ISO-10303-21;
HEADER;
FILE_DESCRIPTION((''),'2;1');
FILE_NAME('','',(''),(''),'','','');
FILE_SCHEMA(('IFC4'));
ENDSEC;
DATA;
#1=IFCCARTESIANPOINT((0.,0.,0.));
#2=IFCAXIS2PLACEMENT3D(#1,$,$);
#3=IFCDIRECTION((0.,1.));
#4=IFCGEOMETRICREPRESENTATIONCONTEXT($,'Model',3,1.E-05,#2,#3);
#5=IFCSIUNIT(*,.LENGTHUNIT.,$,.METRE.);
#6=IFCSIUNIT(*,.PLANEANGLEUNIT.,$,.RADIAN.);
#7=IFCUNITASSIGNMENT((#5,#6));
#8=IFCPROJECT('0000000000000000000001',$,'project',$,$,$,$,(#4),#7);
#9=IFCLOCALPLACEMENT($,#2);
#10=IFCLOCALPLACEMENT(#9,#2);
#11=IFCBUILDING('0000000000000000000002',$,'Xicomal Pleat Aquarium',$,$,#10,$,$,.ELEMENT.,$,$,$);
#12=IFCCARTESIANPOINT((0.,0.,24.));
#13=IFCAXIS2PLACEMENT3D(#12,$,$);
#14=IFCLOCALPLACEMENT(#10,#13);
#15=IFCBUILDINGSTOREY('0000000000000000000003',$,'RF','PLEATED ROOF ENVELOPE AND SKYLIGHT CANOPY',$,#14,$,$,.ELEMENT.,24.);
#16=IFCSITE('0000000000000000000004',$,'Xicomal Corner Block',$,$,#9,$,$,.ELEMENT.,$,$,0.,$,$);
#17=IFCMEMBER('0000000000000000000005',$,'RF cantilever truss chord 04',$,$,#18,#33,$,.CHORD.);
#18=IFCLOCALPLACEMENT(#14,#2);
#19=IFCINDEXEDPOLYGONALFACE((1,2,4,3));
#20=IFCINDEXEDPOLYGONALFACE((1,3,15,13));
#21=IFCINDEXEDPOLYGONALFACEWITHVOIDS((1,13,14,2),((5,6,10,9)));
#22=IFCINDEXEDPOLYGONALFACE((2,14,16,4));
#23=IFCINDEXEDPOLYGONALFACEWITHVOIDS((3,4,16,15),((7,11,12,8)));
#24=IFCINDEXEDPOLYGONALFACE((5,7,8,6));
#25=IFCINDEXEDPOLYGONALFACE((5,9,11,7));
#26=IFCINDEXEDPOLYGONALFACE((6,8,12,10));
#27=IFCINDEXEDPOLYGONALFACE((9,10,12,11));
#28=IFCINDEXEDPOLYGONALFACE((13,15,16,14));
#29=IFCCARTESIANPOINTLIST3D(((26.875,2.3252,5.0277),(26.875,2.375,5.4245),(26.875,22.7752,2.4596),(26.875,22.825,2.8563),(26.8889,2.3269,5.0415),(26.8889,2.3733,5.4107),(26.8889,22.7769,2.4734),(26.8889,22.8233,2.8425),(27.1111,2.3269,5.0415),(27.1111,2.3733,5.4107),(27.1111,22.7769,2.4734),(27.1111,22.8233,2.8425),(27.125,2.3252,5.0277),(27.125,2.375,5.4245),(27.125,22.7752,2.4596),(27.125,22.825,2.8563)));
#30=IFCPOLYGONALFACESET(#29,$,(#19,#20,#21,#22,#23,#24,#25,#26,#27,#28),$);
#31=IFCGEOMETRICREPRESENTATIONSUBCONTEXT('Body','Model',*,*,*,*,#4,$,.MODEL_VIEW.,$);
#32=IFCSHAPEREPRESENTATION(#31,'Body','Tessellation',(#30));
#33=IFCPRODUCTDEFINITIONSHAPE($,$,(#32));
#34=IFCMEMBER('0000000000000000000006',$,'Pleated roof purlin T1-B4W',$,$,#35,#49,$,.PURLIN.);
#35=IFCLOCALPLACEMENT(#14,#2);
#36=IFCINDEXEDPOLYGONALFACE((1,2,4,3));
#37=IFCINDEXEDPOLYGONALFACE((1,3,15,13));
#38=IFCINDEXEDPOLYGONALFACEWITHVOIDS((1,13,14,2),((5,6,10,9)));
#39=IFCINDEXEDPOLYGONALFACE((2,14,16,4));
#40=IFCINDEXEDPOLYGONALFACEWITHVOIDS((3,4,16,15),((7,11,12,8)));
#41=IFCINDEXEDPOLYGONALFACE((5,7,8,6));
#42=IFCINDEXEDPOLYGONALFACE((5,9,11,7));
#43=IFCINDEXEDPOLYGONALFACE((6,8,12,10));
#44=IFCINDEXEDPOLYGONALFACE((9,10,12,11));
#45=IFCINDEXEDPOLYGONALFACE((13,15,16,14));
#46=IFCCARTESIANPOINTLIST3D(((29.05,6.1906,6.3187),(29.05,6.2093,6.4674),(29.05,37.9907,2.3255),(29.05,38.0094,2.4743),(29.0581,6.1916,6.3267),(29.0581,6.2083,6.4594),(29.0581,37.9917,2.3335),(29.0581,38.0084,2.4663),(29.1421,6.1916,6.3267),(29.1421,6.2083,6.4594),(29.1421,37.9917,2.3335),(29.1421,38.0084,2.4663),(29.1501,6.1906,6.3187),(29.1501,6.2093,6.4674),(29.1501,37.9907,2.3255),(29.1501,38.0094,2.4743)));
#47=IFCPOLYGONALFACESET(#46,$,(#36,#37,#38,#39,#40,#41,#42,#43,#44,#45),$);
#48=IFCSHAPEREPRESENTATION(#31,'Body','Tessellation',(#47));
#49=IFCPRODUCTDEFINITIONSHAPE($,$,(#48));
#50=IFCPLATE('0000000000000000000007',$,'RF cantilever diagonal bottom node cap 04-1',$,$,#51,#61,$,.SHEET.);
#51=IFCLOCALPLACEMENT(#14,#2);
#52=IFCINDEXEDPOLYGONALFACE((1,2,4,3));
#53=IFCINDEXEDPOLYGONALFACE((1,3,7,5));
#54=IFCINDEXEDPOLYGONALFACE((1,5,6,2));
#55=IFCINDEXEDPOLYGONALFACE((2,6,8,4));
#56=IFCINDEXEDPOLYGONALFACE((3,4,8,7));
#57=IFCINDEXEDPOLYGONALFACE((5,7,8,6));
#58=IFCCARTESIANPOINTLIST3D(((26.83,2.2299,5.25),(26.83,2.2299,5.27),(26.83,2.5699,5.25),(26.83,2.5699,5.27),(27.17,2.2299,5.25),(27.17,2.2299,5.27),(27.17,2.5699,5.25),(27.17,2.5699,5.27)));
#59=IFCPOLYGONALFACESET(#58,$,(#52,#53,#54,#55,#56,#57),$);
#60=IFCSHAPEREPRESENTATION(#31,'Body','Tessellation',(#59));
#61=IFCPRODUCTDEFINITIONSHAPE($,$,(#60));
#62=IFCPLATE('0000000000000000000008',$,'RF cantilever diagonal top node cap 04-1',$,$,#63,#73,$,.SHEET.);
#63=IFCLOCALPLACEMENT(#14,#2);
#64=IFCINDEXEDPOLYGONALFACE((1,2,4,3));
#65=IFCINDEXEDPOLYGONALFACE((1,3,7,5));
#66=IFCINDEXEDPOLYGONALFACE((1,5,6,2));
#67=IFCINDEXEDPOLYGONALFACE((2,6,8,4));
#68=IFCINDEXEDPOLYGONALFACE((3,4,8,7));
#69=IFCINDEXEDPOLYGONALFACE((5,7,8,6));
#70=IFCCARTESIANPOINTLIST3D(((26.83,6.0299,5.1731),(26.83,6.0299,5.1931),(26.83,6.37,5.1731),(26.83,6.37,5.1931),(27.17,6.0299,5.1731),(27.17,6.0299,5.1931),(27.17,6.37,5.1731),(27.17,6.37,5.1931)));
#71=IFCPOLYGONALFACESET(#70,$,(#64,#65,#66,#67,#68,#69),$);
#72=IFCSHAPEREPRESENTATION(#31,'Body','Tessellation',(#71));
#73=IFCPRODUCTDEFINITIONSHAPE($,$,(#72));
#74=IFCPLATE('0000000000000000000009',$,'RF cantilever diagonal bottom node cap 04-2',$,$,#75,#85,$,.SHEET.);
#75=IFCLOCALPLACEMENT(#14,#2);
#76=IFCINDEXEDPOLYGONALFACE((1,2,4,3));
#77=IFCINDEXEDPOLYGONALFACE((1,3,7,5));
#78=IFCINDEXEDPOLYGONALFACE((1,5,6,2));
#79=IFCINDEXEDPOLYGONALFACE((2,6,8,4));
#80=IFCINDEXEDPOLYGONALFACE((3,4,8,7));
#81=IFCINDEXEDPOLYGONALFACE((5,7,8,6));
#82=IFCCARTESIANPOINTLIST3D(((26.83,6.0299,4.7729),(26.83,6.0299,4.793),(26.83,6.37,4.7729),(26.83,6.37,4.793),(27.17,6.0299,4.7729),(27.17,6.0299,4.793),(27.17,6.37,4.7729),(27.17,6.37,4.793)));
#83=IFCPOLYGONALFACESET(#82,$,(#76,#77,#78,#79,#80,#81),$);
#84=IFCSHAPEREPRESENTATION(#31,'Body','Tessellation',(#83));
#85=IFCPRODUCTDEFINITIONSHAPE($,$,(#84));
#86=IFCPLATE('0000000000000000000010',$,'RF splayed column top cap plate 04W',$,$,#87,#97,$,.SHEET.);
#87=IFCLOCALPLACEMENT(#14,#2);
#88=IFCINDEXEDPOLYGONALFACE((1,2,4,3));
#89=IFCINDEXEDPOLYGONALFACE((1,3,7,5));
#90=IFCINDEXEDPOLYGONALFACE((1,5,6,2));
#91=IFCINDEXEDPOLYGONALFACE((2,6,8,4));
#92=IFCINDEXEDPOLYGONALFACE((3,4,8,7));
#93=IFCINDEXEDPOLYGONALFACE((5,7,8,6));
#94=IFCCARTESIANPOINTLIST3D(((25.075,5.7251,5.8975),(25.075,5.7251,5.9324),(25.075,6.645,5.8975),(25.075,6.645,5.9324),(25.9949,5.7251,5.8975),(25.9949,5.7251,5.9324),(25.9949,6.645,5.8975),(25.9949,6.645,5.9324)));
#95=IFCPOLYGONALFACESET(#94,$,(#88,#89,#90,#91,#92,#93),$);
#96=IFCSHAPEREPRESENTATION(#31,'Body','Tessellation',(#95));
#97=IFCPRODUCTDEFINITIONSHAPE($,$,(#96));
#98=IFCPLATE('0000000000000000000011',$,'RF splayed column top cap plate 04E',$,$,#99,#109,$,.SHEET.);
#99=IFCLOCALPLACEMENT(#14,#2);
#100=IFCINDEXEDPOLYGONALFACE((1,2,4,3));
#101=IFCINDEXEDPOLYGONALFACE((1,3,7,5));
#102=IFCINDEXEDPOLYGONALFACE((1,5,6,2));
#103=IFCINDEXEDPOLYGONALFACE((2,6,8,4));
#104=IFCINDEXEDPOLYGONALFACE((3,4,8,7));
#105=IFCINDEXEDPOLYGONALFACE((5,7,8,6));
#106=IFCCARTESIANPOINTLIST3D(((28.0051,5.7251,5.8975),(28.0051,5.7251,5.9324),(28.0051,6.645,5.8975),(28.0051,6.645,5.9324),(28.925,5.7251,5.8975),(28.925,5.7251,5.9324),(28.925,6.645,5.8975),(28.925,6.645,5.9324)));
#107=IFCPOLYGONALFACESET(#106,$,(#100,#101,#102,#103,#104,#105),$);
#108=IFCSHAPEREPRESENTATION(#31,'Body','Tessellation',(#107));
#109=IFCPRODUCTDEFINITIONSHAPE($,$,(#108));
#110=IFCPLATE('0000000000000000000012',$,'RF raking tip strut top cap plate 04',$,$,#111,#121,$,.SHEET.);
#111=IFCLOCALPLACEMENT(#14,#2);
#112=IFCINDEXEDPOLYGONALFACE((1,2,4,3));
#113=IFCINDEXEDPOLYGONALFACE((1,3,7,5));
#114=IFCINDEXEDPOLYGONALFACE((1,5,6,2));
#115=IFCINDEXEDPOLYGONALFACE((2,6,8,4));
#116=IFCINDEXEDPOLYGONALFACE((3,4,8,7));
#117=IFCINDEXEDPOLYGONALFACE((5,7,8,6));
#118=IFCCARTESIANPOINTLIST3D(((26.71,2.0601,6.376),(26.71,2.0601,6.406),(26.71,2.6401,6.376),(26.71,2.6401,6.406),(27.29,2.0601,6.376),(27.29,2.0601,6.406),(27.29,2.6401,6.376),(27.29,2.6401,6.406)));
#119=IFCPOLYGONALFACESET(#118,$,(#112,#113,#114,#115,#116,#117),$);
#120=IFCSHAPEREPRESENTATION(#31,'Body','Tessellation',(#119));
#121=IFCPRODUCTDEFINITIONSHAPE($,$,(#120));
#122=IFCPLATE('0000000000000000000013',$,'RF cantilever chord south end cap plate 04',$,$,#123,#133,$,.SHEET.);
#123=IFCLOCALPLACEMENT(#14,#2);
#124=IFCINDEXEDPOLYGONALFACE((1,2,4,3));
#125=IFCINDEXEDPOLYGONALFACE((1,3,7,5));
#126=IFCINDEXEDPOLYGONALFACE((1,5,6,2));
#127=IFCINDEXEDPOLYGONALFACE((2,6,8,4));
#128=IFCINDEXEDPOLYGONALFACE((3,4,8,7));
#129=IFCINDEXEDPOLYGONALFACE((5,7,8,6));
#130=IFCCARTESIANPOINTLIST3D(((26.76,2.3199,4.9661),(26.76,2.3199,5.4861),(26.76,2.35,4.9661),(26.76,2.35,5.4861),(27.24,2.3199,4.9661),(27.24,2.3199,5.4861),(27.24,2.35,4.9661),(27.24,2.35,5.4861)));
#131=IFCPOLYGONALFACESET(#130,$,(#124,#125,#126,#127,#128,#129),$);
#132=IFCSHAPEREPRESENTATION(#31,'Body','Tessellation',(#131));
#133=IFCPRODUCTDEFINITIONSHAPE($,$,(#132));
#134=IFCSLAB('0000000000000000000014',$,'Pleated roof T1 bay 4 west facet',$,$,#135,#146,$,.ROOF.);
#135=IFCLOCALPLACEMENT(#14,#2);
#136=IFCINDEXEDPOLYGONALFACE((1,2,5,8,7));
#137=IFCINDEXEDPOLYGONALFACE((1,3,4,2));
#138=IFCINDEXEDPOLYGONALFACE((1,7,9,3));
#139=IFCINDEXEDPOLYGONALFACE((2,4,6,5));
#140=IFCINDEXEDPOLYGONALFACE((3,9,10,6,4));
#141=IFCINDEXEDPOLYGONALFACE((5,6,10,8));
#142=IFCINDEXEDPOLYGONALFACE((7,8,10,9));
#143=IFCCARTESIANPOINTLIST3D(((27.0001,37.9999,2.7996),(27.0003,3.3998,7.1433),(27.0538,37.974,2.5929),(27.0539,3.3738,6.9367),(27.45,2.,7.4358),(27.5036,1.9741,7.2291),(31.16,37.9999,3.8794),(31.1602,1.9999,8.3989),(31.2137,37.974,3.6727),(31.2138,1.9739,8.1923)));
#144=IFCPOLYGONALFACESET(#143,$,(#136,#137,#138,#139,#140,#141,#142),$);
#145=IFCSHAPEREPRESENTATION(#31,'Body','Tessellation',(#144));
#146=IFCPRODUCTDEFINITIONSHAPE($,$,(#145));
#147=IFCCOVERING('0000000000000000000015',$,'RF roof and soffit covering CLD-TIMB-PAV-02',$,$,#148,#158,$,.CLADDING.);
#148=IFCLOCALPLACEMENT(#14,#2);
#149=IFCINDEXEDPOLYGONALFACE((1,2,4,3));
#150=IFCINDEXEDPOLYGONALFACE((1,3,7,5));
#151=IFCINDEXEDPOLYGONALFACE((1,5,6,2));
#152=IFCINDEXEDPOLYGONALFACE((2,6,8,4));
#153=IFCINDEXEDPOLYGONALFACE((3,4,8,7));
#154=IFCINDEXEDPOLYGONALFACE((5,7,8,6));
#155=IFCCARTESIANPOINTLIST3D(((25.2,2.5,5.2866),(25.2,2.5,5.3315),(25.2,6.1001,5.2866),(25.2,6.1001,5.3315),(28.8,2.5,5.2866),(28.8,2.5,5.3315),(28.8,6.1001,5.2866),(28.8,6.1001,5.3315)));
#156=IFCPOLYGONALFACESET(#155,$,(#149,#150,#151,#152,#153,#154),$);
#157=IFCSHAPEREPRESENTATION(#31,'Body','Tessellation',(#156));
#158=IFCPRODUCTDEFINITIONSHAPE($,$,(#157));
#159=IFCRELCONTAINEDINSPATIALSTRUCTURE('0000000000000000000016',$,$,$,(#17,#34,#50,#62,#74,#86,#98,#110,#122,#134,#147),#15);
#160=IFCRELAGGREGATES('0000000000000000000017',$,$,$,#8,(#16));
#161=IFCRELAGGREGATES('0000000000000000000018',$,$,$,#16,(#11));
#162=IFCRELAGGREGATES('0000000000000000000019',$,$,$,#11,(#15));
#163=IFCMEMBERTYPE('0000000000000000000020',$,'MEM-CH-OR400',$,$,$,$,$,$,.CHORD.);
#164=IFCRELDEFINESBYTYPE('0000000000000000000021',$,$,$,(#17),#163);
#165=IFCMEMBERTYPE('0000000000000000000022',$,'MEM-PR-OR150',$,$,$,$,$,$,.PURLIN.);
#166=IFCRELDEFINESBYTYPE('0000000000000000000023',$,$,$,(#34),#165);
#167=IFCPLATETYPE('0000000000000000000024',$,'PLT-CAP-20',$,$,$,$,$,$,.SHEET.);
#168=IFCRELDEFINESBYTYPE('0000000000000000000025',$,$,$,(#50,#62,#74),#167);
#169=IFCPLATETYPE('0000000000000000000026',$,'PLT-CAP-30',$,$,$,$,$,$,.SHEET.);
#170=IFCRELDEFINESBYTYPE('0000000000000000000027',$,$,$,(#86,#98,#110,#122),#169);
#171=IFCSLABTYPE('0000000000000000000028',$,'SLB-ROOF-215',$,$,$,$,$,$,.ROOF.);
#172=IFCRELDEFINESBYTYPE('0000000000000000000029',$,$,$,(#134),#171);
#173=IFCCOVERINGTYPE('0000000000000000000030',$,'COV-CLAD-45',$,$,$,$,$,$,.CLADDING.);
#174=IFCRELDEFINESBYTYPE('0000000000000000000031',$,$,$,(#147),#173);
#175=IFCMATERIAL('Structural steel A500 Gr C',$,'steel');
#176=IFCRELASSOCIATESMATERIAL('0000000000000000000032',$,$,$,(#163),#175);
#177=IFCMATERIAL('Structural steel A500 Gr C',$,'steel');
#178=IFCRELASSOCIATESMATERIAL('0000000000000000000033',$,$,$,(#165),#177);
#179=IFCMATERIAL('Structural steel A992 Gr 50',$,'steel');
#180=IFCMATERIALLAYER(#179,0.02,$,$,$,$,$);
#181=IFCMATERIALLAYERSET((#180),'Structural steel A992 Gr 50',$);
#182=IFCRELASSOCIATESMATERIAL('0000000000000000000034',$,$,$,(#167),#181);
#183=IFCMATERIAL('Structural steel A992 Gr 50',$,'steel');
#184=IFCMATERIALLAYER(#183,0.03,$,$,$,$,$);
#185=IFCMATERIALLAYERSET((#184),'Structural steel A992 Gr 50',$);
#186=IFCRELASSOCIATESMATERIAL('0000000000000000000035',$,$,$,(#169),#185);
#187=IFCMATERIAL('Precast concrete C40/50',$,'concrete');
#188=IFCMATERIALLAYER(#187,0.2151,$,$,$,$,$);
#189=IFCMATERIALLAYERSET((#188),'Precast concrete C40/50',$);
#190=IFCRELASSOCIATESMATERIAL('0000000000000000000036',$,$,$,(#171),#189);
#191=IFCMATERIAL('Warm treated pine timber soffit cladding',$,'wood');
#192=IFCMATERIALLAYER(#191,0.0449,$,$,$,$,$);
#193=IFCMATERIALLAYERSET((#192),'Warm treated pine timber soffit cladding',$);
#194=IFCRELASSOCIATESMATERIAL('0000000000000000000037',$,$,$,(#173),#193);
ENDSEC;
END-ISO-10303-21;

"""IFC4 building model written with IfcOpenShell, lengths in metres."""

from ifc_helpers import new_model, si_unit, direction, frame, origin, origin_2d, place, context, subcontext, project, spatial, polyline, rectangle, hollow_rectangle, outline, extrude, material, layer, layer_set, material_profile, profile_set, type_object, element, save


model = new_model("IFC4")

# Units and contexts
model_context = context("Model", 3, precision=1e-05, world=origin(), true_north=direction((0.0, 1.0)))
body_context = subcontext(model_context, "Body", "Model", "MODEL_VIEW")
ifc_project = project(units=[si_unit("LENGTHUNIT", "METRE"), si_unit("PLANEANGLEUNIT", "RADIAN")], contexts=[model_context])

# Site, building, storey
site_placement = place(None, origin())
site = spatial("IfcSite", under=ifc_project, at=site_placement, Name="Xicomal Corner Block", CompositionType="ELEMENT", RefElevation=0.0)
building_placement = place(site_placement, origin())
building = spatial("IfcBuilding", under=site, at=building_placement, Name="Xicomal Pleat Aquarium", CompositionType="ELEMENT")
storey_placement = place(building_placement, frame((0.0, 0.0, 24.0)))
storey = spatial("IfcBuildingStorey", under=building, at=storey_placement, Name="RF", Description="PLEATED ROOF ENVELOPE AND SKYLIGHT CANOPY", CompositionType="ELEMENT", Elevation=24.0)

# Members
ifc_material_1 = material(Name="Structural steel A500 Gr C", Category="steel")
ifc_material_profile_1 = material_profile(ifc_material_1, hollow_rectangle(XDim=0.25, YDim=0.3999, WallThickness=0.0139, at=origin_2d()), Name="OR 400x250x14")
ifc_profile_set_1 = profile_set([ifc_material_profile_1], Name="Structural steel A500 Gr C")
member_type_1 = type_object("IfcMemberType", Name="MEM-CH-OR400", PredefinedType="CHORD", material=ifc_profile_set_1)
member_1_placement = place(storey_placement, frame((27.0, 2.3501, 5.2261), z_axis=(0.0, 0.992207, -0.124602), x_axis=(-1.0, 0.0, 0.0)))
element("IfcMember", 1, at=member_1_placement, inside=storey, type_object=member_type_1, Name="RF cantilever truss chord 04", PredefinedType="CHORD", context=body_context, shape_type="SweptSolid", body=[
    extrude(hollow_rectangle(XDim=0.25, YDim=0.3999, WallThickness=0.0139, at=origin_2d()), origin(), (0.0, 0.0, 1.0), 20.6106),
])
ifc_material_2 = material(Name="Structural steel A500 Gr C", Category="steel")
ifc_material_profile_2 = material_profile(ifc_material_2, hollow_rectangle(XDim=0.1001, YDim=0.1499, WallThickness=0.0081, at=origin_2d()), Name="OR 150x100x8")
ifc_profile_set_2 = profile_set([ifc_material_profile_2], Name="Structural steel A500 Gr C")
member_type_2 = type_object("IfcMemberType", Name="MEM-PR-OR150", PredefinedType="PURLIN", material=ifc_profile_set_2)
member_2_placement = place(storey_placement, frame((29.1001, 6.2, 6.3931), z_axis=(0.0, 0.992208, -0.124593), x_axis=(-1.0, 0.0, 0.0)))
element("IfcMember", 2, at=member_2_placement, inside=storey, type_object=member_type_2, Name="Pleated roof purlin T1-B4W", PredefinedType="PURLIN", context=body_context, shape_type="SweptSolid", body=[
    extrude(hollow_rectangle(XDim=0.1001, YDim=0.1499, WallThickness=0.0081, at=origin_2d()), origin(), (0.0, 0.0, 1.0), 32.0498),
])

# Plates
ifc_material_3 = material(Name="Structural steel A992 Gr 50", Category="steel")
ifc_layer_1 = layer(ifc_material_3, 0.02)
ifc_layer_set_1 = layer_set([ifc_layer_1], Name="Structural steel A992 Gr 50")
plate_type_1 = type_object("IfcPlateType", Name="PLT-CAP-20", PredefinedType="SHEET", material=ifc_layer_set_1)
for number, where, z_axis, x_axis, name in (
    (3, (27.0, 2.3999, 5.25), (0.0, 0.0, 1.0), (1.0, 0.0, 0.0), "RF cantilever diagonal bottom node cap 04-1"),
    (4, (27.0, 6.2, 5.1731), (0.0, 0.0, 1.0), (1.0, 0.0, 0.0), "RF cantilever diagonal top node cap 04-1"),
    (5, (27.0, 6.2, 4.7729), (0.0, 0.0, 1.0), (1.0, 0.0, 0.0), "RF cantilever diagonal bottom node cap 04-2"),
):
    element("IfcPlate", number, at=place(storey_placement, frame(where, z_axis=z_axis, x_axis=x_axis)), inside=storey, type_object=plate_type_1, Name=name, PredefinedType="SHEET", context=body_context, shape_type="SweptSolid", body=[
        extrude(rectangle(XDim=0.3401, YDim=0.3401, at=origin_2d()), origin(), (0.0, 0.0, 1.0), 0.02),
    ])
ifc_material_4 = material(Name="Structural steel A992 Gr 50", Category="steel")
ifc_layer_2 = layer(ifc_material_4, 0.03)
ifc_layer_set_2 = layer_set([ifc_layer_2], Name="Structural steel A992 Gr 50")
plate_type_2 = type_object("IfcPlateType", Name="PLT-CAP-30", PredefinedType="SHEET", material=ifc_layer_set_2)
for number, where, z_axis, x_axis, name in (
    (6, (25.5349, 6.1851, 5.8975), (0.0, 0.0, 1.0), (1.0, 0.0, 0.0), "RF splayed column top cap plate 04W"),
    (7, (28.4651, 6.1851, 5.8975), (0.0, 0.0, 1.0), (1.0, 0.0, 0.0), "RF splayed column top cap plate 04E"),
):
    element("IfcPlate", number, at=place(storey_placement, frame(where, z_axis=z_axis, x_axis=x_axis)), inside=storey, type_object=plate_type_2, Name=name, PredefinedType="SHEET", context=body_context, shape_type="SweptSolid", body=[
        extrude(rectangle(XDim=0.9199, YDim=0.9199, at=origin_2d()), origin(), (0.0, 0.0, 1.0), 0.0349),
    ])
plate_1_placement = place(storey_placement, frame((27.0, 2.3501, 6.376), z_axis=(0.0, 0.0, 1.0), x_axis=(1.0, 0.0, 0.0)))
element("IfcPlate", 8, at=plate_1_placement, inside=storey, type_object=plate_type_2, Name="RF raking tip strut top cap plate 04", PredefinedType="SHEET", context=body_context, shape_type="SweptSolid", body=[
    extrude(rectangle(XDim=0.5801, YDim=0.5801, at=origin_2d()), origin(), (0.0, 0.0, 1.0), 0.03),
])
plate_2_placement = place(storey_placement, frame((27.0, 2.335, 4.9661), z_axis=(0.0, 0.0, 1.0), x_axis=(1.0, 0.0, 0.0)))
element("IfcPlate", 9, at=plate_2_placement, inside=storey, type_object=plate_type_2, Name="RF cantilever chord south end cap plate 04", PredefinedType="SHEET", context=body_context, shape_type="SweptSolid", body=[
    extrude(rectangle(XDim=0.48, YDim=0.03, at=origin_2d()), origin(), (0.0, 0.0, 1.0), 0.52),
])

# Slab
ifc_material_5 = material(Name="Precast concrete C40/50", Category="concrete")
ifc_layer_3 = layer(ifc_material_5, 0.2151)
ifc_layer_set_3 = layer_set([ifc_layer_3], Name="Precast concrete C40/50")
slab_type = type_object("IfcSlabType", Name="SLB-ROOF-215", PredefinedType="ROOF", material=ifc_layer_set_3)
slab_1_placement = place(storey_placement, frame((27.45, 2.0, 7.4358), z_axis=(-0.249425, 0.120626, 0.960852), x_axis=(0.967919, -0.000032, 0.251264)))
element("IfcSlab", 10, at=slab_1_placement, inside=storey, type_object=slab_type, Name="Pleated roof T1 bay 4 west facet", PredefinedType="ROOF", context=body_context, shape_type="SweptSolid", body=[
    extrude(outline(polyline([(0.0, 0.0), (3.8332, 0.0), (2.6963, 36.2648), (-1.6015, 36.2647), (-0.5088, 1.4101), (0.0, 0.0)])), origin(), (0.0, 0.0, -1.0), 0.2151),
])

# Covering
ifc_material_6 = material(Name="Warm treated pine timber soffit cladding", Category="wood")
ifc_layer_4 = layer(ifc_material_6, 0.0449)
ifc_layer_set_4 = layer_set([ifc_layer_4], Name="Warm treated pine timber soffit cladding")
covering_type = type_object("IfcCoveringType", Name="COV-CLAD-45", PredefinedType="CLADDING", material=ifc_layer_set_4)
covering_placement = place(storey_placement, frame((27.0, 4.3, 5.2866), z_axis=(0.0, 0.0, 1.0), x_axis=(1.0, 0.0, 0.0)))
element("IfcCovering", 11, at=covering_placement, inside=storey, type_object=covering_type, Name="RF roof and soffit covering CLD-TIMB-PAV-02", PredefinedType="CLADDING", context=body_context, shape_type="SweptSolid", body=[
    extrude(rectangle(XDim=3.6001, YDim=3.6001, at=origin_2d()), origin(), (0.0, 0.0, 1.0), 0.0449),
])

save(model, "model.ifc")
